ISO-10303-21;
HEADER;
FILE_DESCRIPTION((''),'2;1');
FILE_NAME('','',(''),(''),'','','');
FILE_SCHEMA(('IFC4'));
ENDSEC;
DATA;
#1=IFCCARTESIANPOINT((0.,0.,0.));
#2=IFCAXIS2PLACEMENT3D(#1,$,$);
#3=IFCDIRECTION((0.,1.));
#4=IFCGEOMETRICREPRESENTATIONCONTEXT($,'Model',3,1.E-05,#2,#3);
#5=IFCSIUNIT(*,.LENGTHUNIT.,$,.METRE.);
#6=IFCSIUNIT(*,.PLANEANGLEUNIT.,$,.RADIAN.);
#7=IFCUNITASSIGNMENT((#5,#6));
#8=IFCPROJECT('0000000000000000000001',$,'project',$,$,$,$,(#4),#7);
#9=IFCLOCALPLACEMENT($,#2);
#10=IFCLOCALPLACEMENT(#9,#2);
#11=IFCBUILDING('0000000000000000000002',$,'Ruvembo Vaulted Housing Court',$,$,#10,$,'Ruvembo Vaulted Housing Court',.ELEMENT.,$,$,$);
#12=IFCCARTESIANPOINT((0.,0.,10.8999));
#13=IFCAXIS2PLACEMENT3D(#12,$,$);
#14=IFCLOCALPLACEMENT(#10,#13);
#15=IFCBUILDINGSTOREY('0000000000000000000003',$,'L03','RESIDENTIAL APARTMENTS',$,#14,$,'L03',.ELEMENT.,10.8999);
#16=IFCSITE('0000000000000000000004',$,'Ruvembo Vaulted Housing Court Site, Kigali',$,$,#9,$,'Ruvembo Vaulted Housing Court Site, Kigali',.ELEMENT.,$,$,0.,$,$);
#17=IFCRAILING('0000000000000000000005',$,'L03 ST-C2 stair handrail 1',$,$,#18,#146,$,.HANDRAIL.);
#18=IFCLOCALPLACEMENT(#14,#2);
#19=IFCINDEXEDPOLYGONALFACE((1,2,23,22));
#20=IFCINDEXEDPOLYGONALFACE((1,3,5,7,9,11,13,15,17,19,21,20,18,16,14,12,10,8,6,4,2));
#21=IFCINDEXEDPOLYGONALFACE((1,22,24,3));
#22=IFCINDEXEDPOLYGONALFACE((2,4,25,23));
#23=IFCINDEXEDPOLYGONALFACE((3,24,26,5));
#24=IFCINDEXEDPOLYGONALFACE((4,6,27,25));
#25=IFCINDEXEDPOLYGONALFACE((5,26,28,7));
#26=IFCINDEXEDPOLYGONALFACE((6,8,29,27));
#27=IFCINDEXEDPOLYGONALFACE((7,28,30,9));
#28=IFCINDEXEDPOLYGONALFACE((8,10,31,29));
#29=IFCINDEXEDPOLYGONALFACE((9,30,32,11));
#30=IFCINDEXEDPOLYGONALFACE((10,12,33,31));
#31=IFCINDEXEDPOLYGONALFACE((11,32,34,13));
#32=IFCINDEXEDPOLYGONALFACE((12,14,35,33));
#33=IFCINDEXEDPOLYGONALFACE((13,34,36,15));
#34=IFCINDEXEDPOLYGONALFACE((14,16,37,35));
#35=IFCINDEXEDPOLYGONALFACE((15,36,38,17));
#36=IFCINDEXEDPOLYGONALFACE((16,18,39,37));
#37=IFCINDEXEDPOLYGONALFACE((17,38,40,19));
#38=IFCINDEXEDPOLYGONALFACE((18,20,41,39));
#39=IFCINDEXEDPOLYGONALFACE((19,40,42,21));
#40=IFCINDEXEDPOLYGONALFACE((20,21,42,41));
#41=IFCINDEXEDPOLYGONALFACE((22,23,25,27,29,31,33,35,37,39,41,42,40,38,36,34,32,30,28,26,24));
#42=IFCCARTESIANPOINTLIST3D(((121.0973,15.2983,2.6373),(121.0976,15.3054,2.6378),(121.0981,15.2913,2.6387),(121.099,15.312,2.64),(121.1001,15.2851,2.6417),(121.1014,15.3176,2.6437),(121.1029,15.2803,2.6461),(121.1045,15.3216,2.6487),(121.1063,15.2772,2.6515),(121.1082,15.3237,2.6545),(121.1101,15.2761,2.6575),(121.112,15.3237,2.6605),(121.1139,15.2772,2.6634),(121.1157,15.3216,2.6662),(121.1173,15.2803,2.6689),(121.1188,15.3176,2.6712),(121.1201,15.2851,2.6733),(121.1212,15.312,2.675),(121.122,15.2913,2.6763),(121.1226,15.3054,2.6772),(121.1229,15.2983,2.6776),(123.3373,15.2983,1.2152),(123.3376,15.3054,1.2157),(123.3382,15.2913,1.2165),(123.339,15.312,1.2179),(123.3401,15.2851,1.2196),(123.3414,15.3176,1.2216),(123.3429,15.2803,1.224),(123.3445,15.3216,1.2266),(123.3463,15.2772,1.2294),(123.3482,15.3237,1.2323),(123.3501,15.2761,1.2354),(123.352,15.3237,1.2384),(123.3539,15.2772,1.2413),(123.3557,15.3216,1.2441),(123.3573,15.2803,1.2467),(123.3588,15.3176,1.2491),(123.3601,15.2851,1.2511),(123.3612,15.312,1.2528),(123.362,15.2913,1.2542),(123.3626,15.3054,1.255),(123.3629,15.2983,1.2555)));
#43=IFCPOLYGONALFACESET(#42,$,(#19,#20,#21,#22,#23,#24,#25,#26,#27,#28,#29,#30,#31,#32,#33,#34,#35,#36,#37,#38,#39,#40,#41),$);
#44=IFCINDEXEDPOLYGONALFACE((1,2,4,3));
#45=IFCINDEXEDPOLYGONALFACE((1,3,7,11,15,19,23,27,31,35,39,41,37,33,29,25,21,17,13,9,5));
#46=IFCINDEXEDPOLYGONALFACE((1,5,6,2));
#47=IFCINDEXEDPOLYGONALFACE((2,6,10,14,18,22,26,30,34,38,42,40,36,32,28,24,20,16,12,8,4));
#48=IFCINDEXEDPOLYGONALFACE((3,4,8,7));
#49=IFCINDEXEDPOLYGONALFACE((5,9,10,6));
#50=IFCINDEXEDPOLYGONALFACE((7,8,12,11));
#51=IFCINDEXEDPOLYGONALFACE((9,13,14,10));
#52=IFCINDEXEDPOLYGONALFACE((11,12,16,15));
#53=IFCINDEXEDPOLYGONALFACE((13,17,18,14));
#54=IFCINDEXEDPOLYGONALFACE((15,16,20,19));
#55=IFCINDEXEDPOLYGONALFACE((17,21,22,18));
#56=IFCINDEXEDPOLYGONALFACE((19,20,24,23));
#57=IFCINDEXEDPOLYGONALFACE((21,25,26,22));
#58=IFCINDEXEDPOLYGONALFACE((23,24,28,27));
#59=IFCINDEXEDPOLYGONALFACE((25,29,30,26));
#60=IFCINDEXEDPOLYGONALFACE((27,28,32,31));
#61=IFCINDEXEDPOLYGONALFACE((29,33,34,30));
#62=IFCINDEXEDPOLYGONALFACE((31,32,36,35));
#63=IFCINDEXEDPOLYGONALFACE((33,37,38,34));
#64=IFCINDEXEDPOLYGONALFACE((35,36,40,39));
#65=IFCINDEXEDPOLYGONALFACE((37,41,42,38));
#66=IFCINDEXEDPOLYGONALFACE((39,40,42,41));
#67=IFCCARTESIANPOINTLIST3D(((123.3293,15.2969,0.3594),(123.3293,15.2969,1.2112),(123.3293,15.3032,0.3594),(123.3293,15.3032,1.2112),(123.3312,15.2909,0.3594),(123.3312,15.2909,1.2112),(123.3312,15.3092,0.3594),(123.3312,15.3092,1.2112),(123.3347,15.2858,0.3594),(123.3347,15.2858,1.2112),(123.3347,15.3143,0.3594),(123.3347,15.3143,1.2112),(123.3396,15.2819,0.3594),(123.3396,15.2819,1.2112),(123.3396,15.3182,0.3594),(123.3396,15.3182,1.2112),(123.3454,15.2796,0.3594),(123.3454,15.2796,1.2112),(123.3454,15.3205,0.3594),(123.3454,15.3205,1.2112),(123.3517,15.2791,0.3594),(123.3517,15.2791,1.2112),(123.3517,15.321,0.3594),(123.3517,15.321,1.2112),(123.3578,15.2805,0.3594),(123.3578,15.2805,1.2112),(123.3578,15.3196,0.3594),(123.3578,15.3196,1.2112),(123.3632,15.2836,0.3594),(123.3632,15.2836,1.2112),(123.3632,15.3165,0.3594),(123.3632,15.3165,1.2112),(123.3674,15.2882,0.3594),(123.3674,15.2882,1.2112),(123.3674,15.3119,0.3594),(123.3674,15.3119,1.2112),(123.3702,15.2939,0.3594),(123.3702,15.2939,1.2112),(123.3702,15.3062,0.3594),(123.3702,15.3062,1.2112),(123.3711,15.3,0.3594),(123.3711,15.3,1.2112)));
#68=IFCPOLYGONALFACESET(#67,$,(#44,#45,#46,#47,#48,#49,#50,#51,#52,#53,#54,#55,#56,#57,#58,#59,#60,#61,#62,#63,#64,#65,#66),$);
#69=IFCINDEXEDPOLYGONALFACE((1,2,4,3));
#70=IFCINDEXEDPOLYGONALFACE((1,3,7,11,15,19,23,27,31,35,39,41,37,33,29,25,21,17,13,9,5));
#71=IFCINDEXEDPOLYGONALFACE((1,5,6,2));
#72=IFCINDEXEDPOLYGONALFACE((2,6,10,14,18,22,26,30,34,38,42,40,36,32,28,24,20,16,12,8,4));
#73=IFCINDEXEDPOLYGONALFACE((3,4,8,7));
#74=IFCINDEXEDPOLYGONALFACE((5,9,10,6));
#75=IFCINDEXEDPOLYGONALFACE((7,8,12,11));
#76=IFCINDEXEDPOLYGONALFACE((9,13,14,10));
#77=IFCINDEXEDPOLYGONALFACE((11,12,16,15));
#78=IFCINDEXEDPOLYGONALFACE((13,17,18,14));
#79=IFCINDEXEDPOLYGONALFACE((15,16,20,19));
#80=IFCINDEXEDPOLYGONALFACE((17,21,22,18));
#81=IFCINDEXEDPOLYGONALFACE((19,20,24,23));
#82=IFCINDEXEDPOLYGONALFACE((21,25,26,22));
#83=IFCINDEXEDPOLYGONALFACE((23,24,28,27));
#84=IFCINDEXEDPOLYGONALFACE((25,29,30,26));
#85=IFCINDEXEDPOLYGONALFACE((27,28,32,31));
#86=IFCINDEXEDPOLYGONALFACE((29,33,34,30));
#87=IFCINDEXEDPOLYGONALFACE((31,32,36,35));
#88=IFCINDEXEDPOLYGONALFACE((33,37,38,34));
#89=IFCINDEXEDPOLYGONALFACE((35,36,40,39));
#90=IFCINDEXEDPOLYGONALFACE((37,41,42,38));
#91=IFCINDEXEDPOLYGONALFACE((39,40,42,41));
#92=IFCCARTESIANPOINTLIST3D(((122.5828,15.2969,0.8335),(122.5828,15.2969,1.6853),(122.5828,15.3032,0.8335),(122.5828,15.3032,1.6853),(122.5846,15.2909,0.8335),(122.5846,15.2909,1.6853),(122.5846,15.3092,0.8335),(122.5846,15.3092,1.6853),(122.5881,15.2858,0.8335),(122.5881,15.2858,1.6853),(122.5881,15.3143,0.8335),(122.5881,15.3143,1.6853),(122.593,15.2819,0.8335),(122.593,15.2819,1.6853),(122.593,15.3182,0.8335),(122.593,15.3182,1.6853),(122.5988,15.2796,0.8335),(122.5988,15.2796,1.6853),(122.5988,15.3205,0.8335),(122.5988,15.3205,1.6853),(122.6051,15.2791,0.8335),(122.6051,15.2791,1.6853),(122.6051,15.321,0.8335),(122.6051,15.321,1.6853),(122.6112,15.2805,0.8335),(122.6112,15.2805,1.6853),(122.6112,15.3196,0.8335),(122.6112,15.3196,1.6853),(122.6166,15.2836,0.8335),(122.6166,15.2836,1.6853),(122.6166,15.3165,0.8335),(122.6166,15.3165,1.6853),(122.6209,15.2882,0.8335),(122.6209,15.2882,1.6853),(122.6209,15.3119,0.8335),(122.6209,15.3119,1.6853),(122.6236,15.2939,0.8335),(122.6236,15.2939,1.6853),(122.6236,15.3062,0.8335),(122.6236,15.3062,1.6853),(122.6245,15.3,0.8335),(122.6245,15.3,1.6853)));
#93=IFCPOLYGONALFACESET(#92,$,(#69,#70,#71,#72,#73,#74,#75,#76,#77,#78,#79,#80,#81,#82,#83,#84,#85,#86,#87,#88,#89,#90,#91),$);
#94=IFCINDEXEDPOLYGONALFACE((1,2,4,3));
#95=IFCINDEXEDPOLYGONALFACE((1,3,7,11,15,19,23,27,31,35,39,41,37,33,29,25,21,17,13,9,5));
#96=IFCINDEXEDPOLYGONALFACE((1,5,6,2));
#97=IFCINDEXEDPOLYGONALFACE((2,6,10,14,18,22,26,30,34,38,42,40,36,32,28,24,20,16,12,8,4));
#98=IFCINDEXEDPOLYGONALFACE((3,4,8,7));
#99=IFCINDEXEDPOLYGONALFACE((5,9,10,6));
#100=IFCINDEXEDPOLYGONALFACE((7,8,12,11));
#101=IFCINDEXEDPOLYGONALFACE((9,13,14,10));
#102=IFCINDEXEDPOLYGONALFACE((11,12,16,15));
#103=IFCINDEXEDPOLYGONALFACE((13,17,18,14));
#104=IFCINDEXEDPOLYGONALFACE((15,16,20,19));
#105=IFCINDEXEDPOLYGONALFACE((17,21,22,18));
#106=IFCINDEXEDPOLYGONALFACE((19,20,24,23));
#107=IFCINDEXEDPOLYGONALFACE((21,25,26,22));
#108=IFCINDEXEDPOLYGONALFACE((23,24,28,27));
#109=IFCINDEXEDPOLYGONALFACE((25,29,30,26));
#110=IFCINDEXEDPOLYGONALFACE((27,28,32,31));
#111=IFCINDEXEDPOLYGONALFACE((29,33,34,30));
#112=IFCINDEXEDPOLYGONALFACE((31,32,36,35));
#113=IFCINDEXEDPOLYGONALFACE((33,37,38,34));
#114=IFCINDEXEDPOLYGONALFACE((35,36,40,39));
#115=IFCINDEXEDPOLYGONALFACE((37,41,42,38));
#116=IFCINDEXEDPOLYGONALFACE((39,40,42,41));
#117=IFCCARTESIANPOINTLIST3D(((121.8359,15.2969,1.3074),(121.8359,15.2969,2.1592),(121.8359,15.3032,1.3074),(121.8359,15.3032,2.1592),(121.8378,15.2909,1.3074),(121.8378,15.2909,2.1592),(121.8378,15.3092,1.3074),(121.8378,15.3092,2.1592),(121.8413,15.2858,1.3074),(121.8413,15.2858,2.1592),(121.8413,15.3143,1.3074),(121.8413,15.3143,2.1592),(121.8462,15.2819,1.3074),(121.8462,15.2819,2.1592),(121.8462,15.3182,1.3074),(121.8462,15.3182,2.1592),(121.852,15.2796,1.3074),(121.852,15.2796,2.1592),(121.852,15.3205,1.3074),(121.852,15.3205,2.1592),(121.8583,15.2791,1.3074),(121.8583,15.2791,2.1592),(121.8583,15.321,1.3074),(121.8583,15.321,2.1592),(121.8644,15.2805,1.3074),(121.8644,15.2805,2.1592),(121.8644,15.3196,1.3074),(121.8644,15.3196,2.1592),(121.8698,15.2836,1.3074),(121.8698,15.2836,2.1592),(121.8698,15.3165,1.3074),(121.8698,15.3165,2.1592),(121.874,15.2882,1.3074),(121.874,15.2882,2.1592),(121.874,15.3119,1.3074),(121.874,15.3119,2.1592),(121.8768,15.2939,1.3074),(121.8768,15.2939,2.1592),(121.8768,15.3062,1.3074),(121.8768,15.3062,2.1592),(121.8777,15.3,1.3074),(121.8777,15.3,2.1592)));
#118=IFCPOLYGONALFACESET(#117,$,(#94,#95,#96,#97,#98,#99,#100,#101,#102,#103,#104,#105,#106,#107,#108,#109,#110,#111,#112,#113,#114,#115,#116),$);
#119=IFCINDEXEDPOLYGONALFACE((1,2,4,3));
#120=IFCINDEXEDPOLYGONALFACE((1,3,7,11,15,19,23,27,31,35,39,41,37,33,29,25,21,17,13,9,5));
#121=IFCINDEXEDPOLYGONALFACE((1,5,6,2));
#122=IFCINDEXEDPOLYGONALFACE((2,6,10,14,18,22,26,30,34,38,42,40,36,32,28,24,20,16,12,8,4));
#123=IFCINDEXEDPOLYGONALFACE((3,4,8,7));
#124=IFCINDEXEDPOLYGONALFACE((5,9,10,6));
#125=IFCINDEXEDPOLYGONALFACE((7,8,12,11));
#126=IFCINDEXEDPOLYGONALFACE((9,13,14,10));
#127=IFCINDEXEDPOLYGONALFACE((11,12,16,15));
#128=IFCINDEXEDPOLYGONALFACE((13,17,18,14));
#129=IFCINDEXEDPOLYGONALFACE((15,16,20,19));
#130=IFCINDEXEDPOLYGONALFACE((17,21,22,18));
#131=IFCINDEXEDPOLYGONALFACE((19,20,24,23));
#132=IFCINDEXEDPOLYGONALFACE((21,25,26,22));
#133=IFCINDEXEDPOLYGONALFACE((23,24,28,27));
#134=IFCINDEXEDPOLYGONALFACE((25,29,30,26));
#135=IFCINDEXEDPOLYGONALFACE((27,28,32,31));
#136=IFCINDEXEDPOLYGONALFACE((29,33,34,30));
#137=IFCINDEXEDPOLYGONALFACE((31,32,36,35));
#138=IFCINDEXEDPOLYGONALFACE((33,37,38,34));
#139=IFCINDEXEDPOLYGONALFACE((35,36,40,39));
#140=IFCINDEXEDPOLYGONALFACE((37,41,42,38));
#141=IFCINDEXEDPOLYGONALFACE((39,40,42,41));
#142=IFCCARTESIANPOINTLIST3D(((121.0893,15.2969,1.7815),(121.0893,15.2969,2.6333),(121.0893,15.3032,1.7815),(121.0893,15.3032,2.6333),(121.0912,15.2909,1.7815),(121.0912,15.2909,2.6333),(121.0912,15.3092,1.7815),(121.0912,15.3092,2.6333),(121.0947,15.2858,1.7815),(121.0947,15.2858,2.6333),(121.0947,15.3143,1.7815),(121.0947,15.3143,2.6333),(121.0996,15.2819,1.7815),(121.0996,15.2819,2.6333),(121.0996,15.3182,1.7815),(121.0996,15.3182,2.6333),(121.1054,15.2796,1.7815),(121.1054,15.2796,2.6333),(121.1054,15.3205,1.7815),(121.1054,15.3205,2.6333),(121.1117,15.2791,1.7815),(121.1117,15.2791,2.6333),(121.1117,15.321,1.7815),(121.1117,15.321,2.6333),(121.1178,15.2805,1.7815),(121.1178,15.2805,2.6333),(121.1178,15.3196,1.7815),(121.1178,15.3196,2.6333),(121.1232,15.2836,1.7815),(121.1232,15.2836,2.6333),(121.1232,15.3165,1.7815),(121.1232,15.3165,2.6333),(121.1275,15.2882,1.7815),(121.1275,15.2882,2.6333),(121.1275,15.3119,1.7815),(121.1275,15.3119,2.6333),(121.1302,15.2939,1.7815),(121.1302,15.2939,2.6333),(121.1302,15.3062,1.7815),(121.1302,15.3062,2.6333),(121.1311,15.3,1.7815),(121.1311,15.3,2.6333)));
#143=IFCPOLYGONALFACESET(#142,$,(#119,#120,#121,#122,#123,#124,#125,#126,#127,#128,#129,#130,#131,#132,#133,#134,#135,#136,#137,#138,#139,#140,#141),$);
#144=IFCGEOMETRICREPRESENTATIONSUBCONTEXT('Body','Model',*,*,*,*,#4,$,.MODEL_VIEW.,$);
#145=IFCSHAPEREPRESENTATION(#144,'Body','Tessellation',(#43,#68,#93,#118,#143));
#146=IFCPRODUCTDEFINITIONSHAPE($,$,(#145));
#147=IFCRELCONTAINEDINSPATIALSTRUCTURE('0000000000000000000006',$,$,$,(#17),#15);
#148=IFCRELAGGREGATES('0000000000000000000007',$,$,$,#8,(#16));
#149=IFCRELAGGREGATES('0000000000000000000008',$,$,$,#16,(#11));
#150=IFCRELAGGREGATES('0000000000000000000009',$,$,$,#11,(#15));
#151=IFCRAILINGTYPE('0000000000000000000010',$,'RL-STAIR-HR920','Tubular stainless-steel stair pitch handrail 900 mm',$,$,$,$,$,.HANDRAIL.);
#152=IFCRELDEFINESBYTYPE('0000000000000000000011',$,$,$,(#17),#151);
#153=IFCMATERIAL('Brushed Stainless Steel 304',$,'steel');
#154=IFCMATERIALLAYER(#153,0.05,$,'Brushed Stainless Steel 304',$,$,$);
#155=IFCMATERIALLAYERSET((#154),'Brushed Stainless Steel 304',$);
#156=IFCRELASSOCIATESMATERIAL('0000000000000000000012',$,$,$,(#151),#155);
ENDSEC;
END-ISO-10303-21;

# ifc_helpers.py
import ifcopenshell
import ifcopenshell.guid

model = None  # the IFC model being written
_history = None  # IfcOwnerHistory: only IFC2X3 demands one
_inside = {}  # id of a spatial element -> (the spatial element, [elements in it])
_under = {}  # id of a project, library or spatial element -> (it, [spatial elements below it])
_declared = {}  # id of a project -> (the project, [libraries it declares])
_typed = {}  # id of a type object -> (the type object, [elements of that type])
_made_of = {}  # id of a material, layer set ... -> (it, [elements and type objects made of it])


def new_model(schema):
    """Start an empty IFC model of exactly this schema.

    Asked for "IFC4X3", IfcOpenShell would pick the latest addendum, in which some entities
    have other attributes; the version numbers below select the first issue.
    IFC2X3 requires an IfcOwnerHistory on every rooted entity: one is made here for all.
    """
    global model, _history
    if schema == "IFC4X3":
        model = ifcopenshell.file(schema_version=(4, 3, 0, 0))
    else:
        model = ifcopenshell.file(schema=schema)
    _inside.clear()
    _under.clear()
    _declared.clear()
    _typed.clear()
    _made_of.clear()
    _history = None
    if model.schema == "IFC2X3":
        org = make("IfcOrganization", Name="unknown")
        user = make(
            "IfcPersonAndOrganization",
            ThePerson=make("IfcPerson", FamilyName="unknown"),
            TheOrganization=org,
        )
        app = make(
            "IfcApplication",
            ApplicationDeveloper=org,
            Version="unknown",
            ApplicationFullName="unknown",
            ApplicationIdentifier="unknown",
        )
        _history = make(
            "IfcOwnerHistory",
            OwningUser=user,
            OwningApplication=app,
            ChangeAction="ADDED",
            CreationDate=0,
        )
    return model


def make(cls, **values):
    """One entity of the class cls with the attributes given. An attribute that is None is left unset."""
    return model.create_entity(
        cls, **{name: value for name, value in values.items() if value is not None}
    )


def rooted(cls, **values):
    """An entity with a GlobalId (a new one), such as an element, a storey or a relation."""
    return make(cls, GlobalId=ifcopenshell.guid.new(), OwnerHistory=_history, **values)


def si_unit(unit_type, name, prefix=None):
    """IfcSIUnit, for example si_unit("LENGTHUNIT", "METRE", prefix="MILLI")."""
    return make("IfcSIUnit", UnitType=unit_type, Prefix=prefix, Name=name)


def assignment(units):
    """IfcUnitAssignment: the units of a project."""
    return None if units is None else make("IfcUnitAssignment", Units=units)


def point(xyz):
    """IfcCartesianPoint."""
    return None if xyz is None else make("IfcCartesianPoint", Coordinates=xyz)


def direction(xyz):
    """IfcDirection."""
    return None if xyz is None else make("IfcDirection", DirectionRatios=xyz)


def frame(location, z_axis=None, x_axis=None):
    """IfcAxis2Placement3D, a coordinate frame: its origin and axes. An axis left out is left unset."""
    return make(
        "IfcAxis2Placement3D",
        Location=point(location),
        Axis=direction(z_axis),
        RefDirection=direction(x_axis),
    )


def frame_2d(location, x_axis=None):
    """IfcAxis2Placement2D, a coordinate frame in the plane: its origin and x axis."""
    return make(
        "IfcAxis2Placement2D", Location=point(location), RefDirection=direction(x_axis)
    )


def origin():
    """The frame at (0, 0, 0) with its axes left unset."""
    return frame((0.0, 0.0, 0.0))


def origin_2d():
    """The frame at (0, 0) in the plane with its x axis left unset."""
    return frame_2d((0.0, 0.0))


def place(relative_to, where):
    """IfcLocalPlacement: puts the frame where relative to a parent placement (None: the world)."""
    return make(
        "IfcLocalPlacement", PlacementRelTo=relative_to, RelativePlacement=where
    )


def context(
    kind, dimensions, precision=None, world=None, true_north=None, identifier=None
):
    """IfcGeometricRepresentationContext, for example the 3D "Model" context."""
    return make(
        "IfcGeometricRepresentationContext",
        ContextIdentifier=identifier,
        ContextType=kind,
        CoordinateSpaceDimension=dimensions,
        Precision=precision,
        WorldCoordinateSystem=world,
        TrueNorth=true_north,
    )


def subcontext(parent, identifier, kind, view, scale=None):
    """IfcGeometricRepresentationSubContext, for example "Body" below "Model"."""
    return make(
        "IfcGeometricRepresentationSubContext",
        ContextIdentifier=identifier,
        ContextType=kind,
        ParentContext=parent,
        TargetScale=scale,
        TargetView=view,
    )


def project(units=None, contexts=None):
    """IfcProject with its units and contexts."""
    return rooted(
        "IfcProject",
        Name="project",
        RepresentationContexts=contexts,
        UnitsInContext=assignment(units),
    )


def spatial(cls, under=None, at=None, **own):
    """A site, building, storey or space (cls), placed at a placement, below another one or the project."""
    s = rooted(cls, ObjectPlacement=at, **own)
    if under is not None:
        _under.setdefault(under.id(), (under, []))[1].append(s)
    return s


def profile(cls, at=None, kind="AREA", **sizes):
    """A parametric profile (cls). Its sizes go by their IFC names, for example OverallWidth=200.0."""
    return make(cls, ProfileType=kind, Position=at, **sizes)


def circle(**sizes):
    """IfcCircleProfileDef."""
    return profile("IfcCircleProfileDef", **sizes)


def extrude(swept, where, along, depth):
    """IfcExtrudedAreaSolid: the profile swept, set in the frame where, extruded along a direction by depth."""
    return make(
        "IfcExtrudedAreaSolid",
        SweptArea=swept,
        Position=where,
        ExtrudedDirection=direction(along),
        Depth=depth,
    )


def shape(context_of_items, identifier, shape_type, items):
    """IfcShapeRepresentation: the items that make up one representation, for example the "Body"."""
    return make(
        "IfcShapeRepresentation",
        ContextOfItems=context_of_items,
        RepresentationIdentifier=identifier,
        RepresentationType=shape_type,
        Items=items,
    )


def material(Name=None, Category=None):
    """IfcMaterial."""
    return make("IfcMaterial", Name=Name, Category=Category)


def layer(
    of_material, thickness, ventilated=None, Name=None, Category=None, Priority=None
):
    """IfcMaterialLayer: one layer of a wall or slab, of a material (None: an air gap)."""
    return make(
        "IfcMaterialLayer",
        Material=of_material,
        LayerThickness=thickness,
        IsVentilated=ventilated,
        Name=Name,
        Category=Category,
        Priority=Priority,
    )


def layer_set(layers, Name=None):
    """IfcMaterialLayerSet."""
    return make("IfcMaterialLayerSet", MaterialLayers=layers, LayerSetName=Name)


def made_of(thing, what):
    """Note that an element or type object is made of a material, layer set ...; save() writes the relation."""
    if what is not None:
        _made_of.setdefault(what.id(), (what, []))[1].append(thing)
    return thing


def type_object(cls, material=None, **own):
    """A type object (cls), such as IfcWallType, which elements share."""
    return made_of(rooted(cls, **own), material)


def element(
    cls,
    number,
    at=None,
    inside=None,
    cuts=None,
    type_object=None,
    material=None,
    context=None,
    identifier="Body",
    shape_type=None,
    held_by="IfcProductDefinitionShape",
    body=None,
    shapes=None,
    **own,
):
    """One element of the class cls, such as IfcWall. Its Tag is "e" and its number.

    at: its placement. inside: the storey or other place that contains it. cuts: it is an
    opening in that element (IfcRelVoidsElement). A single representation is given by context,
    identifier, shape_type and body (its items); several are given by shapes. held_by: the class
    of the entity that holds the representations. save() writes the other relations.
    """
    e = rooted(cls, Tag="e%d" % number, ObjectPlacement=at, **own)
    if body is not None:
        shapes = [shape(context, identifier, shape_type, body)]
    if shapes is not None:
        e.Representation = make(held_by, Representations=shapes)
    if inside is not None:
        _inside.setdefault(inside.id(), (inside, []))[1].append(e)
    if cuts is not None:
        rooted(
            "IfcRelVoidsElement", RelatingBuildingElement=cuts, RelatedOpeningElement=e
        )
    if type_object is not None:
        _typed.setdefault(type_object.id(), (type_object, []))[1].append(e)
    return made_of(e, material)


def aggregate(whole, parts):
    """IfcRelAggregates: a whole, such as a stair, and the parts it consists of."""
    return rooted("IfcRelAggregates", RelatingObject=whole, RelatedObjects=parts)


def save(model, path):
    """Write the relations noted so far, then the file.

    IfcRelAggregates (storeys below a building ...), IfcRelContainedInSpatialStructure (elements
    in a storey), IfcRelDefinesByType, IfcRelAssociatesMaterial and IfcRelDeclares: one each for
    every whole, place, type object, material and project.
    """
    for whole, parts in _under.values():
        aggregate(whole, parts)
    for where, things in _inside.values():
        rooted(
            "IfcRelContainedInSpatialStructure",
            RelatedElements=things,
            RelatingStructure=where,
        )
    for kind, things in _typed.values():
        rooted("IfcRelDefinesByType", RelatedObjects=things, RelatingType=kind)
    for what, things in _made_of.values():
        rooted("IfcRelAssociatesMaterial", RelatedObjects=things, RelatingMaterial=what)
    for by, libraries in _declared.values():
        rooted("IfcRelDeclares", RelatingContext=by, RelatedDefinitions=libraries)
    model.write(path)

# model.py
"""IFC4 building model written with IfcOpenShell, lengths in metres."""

from ifc_helpers import new_model, si_unit, direction, frame, origin, origin_2d, place, context, subcontext, project, spatial, circle, extrude, material, layer, layer_set, type_object, element, save


model = new_model("IFC4")

# Units and contexts
model_context = context("Model", 3, precision=1e-05, world=origin(), true_north=direction((0.0, 1.0)))
body_context = subcontext(model_context, "Body", "Model", "MODEL_VIEW")
ifc_project = project(units=[si_unit("LENGTHUNIT", "METRE"), si_unit("PLANEANGLEUNIT", "RADIAN")], contexts=[model_context])

# Site, building, storey
site_placement = place(None, origin())
site = spatial("IfcSite", under=ifc_project, at=site_placement, Name="Ruvembo Vaulted Housing Court Site, Kigali", LongName="Ruvembo Vaulted Housing Court Site, Kigali", CompositionType="ELEMENT", RefElevation=0.0)
building_placement = place(site_placement, origin())
building = spatial("IfcBuilding", under=site, at=building_placement, Name="Ruvembo Vaulted Housing Court", LongName="Ruvembo Vaulted Housing Court", CompositionType="ELEMENT")
storey_placement = place(building_placement, frame((0.0, 0.0, 10.8999)))
storey = spatial("IfcBuildingStorey", under=building, at=storey_placement, Name="L03", Description="RESIDENTIAL APARTMENTS", LongName="L03", CompositionType="ELEMENT", Elevation=10.8999)

# Railing
ifc_material_1 = material(Name="Brushed Stainless Steel 304", Category="steel")
ifc_layer_1 = layer(ifc_material_1, 0.05, Name="Brushed Stainless Steel 304")
ifc_layer_set_1 = layer_set([ifc_layer_1], Name="Brushed Stainless Steel 304")
railing_type_1 = type_object("IfcRailingType", Name="RL-STAIR-HR920", Description="Tubular stainless-steel stair pitch handrail 900 mm", PredefinedType="HANDRAIL", material=ifc_layer_set_1)
railing_1_placement = place(storey_placement, frame((123.3501, 15.3, 0.3594)))
element("IfcRailing", 1, at=railing_1_placement, inside=storey, type_object=railing_type_1, Name="L03 ST-C2 stair handrail 1", PredefinedType="HANDRAIL", context=body_context, shape_type="SweptSolid", body=[
    extrude(circle(Radius=0.0239, at=origin_2d()), frame((0.0, 0.0, 0.876), z_axis=(-0.844229, 0.0, 0.535982), x_axis=(0.0, -1.0, 0.0)), (0.0, 0.0, 1.0), 2.6533),
    extrude(circle(Radius=0.021, at=origin_2d()), origin(), (0.0, 0.0, 1.0), 0.8518),
    extrude(circle(Radius=0.021, at=origin_2d()), frame((-0.7466, 0.0, 0.4741)), (0.0, 0.0, 1.0), 0.8518),
    extrude(circle(Radius=0.021, at=origin_2d()), frame((-1.4934, 0.0, 0.948)), (0.0, 0.0, 1.0), 0.8518),
    extrude(circle(Radius=0.021, at=origin_2d()), frame((-2.24, 0.0, 1.4221)), (0.0, 0.0, 1.0), 0.8518),
])

save(model, "model.ifc")
